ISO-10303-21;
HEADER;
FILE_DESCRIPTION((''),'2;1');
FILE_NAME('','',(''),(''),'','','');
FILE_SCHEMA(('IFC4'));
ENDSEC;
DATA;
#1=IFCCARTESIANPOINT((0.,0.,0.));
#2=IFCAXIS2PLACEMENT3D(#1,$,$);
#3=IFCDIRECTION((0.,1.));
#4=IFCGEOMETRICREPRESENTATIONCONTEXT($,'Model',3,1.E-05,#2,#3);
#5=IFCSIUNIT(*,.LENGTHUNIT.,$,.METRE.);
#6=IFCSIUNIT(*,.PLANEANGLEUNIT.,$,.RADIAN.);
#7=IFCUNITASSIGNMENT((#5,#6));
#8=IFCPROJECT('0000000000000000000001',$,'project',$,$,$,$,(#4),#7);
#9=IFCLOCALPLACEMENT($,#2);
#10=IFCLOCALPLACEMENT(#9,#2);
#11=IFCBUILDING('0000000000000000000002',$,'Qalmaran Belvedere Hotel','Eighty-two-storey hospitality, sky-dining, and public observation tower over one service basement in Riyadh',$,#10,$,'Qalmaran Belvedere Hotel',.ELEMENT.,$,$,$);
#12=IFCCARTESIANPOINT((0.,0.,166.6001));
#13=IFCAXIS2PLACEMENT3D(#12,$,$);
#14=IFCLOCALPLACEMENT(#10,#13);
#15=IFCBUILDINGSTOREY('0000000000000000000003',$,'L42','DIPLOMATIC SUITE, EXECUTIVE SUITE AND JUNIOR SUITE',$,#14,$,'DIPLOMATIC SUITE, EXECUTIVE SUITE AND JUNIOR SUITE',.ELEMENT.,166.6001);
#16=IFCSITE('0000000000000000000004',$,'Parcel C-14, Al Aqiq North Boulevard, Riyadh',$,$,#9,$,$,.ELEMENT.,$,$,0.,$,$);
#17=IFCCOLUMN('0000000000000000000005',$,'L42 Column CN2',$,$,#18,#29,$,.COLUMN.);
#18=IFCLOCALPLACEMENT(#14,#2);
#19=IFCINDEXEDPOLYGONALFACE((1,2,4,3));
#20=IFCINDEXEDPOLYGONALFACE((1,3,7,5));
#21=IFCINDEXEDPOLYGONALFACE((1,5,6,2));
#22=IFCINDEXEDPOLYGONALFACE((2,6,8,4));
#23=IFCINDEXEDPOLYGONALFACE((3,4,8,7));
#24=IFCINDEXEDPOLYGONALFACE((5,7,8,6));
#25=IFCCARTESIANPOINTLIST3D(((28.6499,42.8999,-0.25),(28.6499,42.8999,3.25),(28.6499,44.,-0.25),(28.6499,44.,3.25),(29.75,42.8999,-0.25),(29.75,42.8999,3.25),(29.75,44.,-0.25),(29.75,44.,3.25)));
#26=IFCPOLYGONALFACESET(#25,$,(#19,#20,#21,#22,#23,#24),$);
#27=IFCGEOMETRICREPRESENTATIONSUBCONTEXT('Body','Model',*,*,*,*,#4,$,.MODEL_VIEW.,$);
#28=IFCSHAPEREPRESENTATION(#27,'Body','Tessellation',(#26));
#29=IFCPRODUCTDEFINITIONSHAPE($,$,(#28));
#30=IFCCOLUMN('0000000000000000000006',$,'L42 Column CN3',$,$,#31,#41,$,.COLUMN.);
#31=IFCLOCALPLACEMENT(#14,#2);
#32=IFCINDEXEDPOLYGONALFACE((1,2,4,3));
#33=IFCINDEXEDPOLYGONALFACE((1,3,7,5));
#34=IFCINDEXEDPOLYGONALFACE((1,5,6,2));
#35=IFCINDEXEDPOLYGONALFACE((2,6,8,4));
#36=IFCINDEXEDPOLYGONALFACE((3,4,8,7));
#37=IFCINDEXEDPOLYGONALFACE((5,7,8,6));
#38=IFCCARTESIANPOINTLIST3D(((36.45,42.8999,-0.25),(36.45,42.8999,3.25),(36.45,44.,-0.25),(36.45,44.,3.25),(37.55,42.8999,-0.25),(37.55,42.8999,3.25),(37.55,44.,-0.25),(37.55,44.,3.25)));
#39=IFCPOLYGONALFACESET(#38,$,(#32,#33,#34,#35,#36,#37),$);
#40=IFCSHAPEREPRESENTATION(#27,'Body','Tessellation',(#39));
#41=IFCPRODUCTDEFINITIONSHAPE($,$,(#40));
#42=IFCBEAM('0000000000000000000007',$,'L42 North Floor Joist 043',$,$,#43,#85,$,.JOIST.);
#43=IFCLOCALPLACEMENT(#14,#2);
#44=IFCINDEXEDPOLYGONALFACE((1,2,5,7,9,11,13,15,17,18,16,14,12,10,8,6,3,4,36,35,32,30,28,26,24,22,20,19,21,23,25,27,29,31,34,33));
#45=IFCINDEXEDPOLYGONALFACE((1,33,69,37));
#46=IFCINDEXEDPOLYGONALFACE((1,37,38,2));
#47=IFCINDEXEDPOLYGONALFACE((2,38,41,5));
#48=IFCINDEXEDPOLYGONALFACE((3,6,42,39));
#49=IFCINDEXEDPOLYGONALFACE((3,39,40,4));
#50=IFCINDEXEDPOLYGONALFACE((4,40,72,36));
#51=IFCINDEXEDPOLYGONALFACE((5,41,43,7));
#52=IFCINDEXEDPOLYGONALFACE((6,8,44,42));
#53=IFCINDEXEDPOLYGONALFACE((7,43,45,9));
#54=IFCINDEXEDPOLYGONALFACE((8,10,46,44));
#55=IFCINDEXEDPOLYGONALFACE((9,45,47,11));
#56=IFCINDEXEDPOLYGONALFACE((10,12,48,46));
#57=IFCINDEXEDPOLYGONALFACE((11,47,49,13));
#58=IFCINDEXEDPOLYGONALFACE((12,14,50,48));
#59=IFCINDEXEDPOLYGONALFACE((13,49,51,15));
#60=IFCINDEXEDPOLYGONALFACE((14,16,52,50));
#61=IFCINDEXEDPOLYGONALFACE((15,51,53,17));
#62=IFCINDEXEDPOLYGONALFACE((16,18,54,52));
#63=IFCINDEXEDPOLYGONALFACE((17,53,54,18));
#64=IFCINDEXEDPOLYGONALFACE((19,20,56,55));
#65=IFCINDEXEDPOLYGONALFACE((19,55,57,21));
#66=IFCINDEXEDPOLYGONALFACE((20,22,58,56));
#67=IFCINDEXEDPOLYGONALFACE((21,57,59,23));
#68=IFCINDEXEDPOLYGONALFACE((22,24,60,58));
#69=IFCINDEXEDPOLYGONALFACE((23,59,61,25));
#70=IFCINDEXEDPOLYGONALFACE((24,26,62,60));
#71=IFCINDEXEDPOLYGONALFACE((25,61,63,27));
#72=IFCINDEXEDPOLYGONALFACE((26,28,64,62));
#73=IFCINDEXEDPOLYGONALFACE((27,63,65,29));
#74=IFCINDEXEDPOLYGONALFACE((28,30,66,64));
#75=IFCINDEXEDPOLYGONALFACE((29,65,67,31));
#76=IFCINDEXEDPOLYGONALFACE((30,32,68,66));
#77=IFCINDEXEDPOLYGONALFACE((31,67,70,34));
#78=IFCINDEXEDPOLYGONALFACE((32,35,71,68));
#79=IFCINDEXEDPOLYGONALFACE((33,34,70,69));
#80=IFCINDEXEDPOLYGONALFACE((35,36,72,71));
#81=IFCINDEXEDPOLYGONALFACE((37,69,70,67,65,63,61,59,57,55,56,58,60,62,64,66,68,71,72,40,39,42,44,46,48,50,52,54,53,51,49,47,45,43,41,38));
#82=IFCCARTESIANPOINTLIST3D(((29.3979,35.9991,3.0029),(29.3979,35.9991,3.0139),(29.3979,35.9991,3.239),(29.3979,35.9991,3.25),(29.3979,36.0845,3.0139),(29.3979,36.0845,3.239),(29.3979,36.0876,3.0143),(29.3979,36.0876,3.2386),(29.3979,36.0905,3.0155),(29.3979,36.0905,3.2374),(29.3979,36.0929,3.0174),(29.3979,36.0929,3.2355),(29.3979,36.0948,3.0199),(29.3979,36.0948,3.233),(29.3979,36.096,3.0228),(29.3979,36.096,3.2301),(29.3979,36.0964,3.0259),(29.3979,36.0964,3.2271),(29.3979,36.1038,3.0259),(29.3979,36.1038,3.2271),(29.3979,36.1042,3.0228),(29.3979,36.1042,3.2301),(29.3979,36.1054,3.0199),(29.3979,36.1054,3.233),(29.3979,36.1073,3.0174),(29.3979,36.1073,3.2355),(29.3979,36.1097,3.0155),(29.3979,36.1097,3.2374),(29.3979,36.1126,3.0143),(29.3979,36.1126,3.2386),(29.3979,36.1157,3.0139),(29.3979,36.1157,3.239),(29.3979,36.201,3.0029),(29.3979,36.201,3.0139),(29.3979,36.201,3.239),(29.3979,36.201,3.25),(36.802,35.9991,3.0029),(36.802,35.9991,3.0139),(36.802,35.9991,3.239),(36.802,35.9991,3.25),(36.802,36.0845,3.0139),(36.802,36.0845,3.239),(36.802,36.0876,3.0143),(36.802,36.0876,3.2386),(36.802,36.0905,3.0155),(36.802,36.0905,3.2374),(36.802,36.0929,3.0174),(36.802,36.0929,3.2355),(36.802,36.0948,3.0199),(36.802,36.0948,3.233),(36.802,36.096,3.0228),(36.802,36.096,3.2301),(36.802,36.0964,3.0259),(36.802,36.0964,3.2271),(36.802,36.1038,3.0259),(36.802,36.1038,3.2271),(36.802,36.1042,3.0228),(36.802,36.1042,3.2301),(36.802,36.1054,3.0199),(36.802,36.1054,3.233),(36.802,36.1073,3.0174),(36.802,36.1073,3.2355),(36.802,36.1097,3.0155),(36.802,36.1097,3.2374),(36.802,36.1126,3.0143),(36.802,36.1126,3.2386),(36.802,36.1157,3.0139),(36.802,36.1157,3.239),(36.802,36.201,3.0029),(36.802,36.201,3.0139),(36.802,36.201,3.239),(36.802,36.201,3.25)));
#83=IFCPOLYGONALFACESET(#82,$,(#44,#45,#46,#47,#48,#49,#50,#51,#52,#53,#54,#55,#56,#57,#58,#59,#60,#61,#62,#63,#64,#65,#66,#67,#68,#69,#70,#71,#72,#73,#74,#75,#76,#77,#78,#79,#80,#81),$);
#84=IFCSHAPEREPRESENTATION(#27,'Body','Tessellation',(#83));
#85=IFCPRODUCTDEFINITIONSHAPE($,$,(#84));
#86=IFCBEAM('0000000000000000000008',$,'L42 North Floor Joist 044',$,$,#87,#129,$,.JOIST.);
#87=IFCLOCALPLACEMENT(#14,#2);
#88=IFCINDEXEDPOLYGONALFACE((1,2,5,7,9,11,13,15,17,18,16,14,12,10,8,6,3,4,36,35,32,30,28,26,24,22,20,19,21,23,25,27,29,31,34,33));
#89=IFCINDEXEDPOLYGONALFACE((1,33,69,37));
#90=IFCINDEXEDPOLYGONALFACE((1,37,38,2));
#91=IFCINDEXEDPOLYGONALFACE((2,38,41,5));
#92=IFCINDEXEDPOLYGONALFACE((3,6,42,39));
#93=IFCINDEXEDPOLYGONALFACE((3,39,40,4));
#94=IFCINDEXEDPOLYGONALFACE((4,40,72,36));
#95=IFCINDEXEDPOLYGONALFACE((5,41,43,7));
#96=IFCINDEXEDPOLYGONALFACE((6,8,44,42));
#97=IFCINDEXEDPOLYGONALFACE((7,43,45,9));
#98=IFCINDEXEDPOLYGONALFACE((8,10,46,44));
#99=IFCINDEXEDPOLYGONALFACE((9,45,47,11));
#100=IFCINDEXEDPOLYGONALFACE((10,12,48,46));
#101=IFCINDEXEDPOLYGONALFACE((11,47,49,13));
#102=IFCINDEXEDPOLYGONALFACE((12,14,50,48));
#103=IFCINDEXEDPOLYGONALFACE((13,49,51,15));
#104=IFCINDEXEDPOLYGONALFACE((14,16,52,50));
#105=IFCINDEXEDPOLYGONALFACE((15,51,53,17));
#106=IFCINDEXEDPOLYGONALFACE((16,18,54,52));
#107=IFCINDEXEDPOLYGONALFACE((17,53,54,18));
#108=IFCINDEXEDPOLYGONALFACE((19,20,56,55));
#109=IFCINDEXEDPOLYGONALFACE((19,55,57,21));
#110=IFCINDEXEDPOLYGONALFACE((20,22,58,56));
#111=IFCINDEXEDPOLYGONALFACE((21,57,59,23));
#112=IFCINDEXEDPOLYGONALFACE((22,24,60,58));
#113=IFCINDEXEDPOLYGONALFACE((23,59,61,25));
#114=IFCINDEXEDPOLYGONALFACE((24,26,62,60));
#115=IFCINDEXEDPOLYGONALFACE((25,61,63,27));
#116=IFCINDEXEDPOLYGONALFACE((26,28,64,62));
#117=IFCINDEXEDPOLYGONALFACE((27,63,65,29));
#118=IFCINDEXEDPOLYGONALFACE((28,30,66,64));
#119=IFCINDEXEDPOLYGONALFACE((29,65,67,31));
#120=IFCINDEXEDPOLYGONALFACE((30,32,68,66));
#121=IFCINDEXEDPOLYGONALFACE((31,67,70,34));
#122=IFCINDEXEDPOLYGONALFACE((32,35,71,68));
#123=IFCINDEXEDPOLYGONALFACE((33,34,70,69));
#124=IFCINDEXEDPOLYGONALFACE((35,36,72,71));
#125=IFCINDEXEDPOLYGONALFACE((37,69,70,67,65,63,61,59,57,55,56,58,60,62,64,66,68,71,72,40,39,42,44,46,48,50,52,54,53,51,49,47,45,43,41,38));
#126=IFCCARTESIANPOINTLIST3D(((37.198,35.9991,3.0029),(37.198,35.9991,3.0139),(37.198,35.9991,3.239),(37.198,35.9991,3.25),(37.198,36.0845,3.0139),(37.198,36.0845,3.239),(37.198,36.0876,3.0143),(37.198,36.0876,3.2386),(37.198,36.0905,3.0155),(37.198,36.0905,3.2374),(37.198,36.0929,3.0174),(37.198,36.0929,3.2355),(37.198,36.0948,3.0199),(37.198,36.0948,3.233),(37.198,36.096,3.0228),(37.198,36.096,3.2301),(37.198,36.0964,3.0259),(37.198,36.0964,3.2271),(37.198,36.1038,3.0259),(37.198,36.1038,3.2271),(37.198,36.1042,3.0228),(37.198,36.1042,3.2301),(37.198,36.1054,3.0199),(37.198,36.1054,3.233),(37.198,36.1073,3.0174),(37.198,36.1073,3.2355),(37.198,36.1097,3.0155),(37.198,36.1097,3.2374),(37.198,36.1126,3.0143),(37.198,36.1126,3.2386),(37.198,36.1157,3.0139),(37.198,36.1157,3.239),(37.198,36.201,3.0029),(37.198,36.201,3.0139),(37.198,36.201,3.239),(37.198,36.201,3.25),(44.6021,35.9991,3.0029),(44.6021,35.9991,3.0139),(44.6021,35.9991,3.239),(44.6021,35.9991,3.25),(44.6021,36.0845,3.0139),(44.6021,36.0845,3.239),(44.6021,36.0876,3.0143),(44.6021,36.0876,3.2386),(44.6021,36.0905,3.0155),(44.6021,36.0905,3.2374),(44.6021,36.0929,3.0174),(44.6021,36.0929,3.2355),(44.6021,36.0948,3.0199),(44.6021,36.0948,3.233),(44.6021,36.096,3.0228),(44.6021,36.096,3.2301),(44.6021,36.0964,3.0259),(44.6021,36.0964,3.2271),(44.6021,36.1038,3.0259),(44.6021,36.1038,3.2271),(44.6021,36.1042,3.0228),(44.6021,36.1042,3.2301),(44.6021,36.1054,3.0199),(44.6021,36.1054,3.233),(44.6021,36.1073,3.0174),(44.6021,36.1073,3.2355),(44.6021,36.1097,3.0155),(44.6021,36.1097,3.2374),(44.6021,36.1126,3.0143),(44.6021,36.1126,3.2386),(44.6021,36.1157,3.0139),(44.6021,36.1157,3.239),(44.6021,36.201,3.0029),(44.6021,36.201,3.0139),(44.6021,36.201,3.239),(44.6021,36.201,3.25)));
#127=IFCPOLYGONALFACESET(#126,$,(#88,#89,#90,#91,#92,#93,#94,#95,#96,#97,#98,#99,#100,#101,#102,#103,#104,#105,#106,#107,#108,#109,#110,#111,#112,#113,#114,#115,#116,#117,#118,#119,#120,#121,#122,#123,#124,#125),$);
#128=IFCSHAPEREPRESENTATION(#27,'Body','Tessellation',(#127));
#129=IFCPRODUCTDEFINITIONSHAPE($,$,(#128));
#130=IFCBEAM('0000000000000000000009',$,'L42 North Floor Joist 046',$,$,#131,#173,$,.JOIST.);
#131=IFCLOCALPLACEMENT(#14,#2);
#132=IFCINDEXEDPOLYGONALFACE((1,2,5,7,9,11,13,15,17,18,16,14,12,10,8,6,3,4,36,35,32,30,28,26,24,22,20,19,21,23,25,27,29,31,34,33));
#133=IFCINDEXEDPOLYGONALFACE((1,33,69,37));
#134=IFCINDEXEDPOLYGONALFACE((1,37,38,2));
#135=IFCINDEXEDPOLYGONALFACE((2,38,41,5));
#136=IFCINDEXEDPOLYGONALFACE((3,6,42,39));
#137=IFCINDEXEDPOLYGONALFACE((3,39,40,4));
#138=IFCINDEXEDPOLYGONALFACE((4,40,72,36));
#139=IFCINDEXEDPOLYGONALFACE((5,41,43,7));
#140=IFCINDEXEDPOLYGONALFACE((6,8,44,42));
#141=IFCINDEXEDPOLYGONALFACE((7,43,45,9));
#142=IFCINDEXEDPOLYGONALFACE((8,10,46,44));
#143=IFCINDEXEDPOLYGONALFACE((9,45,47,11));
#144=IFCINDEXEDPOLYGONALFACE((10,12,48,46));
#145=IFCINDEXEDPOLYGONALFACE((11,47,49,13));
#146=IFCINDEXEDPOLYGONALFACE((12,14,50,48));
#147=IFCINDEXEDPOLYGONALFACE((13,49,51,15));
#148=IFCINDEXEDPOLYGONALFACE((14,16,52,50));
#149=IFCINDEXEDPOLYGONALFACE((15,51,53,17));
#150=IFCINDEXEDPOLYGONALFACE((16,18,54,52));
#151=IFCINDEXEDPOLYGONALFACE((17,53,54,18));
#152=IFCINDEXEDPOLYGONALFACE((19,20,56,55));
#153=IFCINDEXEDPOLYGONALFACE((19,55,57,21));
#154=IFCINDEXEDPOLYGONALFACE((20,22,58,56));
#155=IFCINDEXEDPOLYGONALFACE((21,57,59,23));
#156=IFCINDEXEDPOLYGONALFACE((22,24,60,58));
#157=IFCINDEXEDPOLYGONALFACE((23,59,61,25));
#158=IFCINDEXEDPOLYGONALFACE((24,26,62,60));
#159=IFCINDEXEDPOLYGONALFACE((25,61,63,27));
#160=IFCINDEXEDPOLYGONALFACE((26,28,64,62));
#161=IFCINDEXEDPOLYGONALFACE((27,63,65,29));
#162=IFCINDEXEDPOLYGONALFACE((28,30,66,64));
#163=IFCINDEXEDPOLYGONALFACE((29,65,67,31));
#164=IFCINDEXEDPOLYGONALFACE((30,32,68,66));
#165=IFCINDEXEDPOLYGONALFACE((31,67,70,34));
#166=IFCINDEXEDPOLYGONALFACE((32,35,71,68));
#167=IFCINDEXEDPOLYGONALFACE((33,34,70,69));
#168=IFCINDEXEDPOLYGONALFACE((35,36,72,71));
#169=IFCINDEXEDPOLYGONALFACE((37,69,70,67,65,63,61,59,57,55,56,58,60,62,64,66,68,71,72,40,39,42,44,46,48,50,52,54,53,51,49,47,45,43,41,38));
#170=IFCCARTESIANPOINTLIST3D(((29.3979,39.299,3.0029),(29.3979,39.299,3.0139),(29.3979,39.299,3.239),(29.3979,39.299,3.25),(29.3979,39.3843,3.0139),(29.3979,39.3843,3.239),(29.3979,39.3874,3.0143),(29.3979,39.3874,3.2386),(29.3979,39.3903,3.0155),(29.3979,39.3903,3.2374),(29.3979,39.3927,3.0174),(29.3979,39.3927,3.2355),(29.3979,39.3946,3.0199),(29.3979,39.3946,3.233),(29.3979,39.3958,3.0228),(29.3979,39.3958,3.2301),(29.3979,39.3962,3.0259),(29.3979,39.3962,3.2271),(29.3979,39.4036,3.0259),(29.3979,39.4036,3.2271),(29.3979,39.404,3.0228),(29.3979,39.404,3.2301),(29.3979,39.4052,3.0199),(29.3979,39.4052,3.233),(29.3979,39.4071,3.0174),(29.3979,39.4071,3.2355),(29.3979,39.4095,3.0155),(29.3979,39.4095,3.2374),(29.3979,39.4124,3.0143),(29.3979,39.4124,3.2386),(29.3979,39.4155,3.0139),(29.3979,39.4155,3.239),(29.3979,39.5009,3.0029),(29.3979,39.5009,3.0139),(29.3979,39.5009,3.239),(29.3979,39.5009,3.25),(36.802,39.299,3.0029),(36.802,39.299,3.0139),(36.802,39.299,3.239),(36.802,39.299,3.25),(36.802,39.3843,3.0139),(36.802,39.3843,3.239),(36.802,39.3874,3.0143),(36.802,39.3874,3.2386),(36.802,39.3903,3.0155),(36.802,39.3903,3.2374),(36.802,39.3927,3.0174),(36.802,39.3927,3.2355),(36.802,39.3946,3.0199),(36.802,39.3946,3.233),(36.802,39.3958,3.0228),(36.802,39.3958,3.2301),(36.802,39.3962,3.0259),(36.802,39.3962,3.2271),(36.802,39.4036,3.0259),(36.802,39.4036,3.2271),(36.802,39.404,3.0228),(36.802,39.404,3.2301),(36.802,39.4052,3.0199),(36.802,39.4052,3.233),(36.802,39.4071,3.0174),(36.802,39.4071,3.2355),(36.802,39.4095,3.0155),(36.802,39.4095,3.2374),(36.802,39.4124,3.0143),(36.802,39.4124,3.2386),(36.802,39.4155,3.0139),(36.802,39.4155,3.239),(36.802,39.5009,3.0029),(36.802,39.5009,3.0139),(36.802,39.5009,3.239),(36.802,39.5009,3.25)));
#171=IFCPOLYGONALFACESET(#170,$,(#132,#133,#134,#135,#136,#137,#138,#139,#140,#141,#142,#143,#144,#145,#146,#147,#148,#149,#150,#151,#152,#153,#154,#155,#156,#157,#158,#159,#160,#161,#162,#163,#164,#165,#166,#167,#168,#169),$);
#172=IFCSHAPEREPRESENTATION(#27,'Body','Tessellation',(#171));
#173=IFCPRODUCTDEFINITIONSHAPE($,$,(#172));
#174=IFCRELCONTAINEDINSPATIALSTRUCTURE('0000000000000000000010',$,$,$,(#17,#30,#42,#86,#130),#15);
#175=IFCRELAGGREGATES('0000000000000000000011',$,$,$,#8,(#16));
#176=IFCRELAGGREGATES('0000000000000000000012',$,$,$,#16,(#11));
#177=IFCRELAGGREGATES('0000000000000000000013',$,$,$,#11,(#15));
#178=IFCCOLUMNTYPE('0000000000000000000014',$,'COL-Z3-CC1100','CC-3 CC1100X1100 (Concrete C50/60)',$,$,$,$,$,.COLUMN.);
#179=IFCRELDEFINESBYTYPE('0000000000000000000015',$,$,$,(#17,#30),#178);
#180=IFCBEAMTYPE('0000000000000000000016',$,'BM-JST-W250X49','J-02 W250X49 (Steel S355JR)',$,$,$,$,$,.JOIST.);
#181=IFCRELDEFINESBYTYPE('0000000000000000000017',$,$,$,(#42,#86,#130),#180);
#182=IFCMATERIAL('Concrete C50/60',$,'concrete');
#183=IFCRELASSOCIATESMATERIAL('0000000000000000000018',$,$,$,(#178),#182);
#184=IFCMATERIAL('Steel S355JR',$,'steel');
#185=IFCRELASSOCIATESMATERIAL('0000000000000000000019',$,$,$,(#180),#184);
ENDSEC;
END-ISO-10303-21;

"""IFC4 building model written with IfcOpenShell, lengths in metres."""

from ifc_helpers import new_model, si_unit, direction, frame, origin, origin_2d, place, context, subcontext, project, spatial, rectangle, i_section, extrude, material, material_profile, profile_set, type_object, element, save


model = new_model("IFC4")

# Units and contexts
model_context = context("Model", 3, precision=1e-05, world=origin(), true_north=direction((0.0, 1.0)))
body_context = subcontext(model_context, "Body", "Model", "MODEL_VIEW")
ifc_project = project(units=[si_unit("LENGTHUNIT", "METRE"), si_unit("PLANEANGLEUNIT", "RADIAN")], contexts=[model_context])

# Site, building, storey
site_placement = place(None, origin())
site = spatial("IfcSite", under=ifc_project, at=site_placement, Name="Parcel C-14, Al Aqiq North Boulevard, Riyadh", CompositionType="ELEMENT", RefElevation=0.0)
building_placement = place(site_placement, origin())
building = spatial("IfcBuilding", under=site, at=building_placement, Name="Qalmaran Belvedere Hotel", Description="Eighty-two-storey hospitality, sky-dining, and public observation tower over one service basement in Riyadh", LongName="Qalmaran Belvedere Hotel", CompositionType="ELEMENT")
storey_placement = place(building_placement, frame((0.0, 0.0, 166.6001)))
storey = spatial("IfcBuildingStorey", under=building, at=storey_placement, Name="L42", Description="DIPLOMATIC SUITE, EXECUTIVE SUITE AND JUNIOR SUITE", LongName="DIPLOMATIC SUITE, EXECUTIVE SUITE AND JUNIOR SUITE", CompositionType="ELEMENT", Elevation=166.6001)

# Columns
ifc_material_1 = material(Name="Concrete C50/60", Category="concrete")
ifc_material_profile_1 = material_profile(ifc_material_1, rectangle(XDim=1.1001, YDim=1.1001, at=origin_2d()), Name="CC1100X1100")
ifc_profile_set_1 = profile_set([ifc_material_profile_1], Name="Concrete C50/60")
column_type = type_object("IfcColumnType", Name="COL-Z3-CC1100", Description="CC-3 CC1100X1100 (Concrete C50/60)", PredefinedType="COLUMN", material=ifc_profile_set_1)
for number, where, z_axis, x_axis, name in (
    (1, (29.2, 43.45, -0.25), (0.0, 0.0, 1.0), (1.0, 0.0, 0.0), "L42 Column CN2"),
    (2, (37.0, 43.45, -0.25), (0.0, 0.0, 1.0), (1.0, 0.0, 0.0), "L42 Column CN3"),
):
    element("IfcColumn", number, at=place(storey_placement, frame(where, z_axis=z_axis, x_axis=x_axis)), inside=storey, type_object=column_type, Name=name, PredefinedType="COLUMN", context=body_context, shape_type="SweptSolid", body=[
        extrude(rectangle(XDim=1.1001, YDim=1.1001, at=origin_2d()), origin(), (0.0, 0.0, 1.0), 3.5),
    ])

# Beams
ifc_material_2 = material(Name="Steel S355JR", Category="steel")
ifc_material_profile_2 = material_profile(ifc_material_2, i_section(OverallWidth=0.2019, OverallDepth=0.2471, WebThickness=0.0073, FlangeThickness=0.011, FilletRadius=0.012, at=origin_2d()), Name="W250X49")
ifc_profile_set_2 = profile_set([ifc_material_profile_2], Name="Steel S355JR")
beam_type_1 = type_object("IfcBeamType", Name="BM-JST-W250X49", Description="J-02 W250X49 (Steel S355JR)", PredefinedType="JOIST", material=ifc_profile_set_2)
for number, where, z_axis, x_axis, name in (
    (3, (29.3979, 36.1001, 3.1265), (1.0, 0.0, 0.0), (0.0, 1.0, 0.0), "L42 North Floor Joist 043"),
    (4, (37.198, 36.1001, 3.1265), (1.0, 0.0, 0.0), (0.0, 1.0, 0.0), "L42 North Floor Joist 044"),
    (5, (29.3979, 39.3999, 3.1265), (1.0, 0.0, 0.0), (0.0, 1.0, 0.0), "L42 North Floor Joist 046"),
):
    element("IfcBeam", number, at=place(storey_placement, frame(where, z_axis=z_axis, x_axis=x_axis)), inside=storey, type_object=beam_type_1, Name=name, PredefinedType="JOIST", context=body_context, shape_type="SweptSolid", body=[
        extrude(i_section(OverallWidth=0.2019, OverallDepth=0.2471, WebThickness=0.0073, FlangeThickness=0.011, FilletRadius=0.012, at=origin_2d()), origin(), (0.0, 0.0, 1.0), 7.4041),
    ])

save(model, "model.ifc")
